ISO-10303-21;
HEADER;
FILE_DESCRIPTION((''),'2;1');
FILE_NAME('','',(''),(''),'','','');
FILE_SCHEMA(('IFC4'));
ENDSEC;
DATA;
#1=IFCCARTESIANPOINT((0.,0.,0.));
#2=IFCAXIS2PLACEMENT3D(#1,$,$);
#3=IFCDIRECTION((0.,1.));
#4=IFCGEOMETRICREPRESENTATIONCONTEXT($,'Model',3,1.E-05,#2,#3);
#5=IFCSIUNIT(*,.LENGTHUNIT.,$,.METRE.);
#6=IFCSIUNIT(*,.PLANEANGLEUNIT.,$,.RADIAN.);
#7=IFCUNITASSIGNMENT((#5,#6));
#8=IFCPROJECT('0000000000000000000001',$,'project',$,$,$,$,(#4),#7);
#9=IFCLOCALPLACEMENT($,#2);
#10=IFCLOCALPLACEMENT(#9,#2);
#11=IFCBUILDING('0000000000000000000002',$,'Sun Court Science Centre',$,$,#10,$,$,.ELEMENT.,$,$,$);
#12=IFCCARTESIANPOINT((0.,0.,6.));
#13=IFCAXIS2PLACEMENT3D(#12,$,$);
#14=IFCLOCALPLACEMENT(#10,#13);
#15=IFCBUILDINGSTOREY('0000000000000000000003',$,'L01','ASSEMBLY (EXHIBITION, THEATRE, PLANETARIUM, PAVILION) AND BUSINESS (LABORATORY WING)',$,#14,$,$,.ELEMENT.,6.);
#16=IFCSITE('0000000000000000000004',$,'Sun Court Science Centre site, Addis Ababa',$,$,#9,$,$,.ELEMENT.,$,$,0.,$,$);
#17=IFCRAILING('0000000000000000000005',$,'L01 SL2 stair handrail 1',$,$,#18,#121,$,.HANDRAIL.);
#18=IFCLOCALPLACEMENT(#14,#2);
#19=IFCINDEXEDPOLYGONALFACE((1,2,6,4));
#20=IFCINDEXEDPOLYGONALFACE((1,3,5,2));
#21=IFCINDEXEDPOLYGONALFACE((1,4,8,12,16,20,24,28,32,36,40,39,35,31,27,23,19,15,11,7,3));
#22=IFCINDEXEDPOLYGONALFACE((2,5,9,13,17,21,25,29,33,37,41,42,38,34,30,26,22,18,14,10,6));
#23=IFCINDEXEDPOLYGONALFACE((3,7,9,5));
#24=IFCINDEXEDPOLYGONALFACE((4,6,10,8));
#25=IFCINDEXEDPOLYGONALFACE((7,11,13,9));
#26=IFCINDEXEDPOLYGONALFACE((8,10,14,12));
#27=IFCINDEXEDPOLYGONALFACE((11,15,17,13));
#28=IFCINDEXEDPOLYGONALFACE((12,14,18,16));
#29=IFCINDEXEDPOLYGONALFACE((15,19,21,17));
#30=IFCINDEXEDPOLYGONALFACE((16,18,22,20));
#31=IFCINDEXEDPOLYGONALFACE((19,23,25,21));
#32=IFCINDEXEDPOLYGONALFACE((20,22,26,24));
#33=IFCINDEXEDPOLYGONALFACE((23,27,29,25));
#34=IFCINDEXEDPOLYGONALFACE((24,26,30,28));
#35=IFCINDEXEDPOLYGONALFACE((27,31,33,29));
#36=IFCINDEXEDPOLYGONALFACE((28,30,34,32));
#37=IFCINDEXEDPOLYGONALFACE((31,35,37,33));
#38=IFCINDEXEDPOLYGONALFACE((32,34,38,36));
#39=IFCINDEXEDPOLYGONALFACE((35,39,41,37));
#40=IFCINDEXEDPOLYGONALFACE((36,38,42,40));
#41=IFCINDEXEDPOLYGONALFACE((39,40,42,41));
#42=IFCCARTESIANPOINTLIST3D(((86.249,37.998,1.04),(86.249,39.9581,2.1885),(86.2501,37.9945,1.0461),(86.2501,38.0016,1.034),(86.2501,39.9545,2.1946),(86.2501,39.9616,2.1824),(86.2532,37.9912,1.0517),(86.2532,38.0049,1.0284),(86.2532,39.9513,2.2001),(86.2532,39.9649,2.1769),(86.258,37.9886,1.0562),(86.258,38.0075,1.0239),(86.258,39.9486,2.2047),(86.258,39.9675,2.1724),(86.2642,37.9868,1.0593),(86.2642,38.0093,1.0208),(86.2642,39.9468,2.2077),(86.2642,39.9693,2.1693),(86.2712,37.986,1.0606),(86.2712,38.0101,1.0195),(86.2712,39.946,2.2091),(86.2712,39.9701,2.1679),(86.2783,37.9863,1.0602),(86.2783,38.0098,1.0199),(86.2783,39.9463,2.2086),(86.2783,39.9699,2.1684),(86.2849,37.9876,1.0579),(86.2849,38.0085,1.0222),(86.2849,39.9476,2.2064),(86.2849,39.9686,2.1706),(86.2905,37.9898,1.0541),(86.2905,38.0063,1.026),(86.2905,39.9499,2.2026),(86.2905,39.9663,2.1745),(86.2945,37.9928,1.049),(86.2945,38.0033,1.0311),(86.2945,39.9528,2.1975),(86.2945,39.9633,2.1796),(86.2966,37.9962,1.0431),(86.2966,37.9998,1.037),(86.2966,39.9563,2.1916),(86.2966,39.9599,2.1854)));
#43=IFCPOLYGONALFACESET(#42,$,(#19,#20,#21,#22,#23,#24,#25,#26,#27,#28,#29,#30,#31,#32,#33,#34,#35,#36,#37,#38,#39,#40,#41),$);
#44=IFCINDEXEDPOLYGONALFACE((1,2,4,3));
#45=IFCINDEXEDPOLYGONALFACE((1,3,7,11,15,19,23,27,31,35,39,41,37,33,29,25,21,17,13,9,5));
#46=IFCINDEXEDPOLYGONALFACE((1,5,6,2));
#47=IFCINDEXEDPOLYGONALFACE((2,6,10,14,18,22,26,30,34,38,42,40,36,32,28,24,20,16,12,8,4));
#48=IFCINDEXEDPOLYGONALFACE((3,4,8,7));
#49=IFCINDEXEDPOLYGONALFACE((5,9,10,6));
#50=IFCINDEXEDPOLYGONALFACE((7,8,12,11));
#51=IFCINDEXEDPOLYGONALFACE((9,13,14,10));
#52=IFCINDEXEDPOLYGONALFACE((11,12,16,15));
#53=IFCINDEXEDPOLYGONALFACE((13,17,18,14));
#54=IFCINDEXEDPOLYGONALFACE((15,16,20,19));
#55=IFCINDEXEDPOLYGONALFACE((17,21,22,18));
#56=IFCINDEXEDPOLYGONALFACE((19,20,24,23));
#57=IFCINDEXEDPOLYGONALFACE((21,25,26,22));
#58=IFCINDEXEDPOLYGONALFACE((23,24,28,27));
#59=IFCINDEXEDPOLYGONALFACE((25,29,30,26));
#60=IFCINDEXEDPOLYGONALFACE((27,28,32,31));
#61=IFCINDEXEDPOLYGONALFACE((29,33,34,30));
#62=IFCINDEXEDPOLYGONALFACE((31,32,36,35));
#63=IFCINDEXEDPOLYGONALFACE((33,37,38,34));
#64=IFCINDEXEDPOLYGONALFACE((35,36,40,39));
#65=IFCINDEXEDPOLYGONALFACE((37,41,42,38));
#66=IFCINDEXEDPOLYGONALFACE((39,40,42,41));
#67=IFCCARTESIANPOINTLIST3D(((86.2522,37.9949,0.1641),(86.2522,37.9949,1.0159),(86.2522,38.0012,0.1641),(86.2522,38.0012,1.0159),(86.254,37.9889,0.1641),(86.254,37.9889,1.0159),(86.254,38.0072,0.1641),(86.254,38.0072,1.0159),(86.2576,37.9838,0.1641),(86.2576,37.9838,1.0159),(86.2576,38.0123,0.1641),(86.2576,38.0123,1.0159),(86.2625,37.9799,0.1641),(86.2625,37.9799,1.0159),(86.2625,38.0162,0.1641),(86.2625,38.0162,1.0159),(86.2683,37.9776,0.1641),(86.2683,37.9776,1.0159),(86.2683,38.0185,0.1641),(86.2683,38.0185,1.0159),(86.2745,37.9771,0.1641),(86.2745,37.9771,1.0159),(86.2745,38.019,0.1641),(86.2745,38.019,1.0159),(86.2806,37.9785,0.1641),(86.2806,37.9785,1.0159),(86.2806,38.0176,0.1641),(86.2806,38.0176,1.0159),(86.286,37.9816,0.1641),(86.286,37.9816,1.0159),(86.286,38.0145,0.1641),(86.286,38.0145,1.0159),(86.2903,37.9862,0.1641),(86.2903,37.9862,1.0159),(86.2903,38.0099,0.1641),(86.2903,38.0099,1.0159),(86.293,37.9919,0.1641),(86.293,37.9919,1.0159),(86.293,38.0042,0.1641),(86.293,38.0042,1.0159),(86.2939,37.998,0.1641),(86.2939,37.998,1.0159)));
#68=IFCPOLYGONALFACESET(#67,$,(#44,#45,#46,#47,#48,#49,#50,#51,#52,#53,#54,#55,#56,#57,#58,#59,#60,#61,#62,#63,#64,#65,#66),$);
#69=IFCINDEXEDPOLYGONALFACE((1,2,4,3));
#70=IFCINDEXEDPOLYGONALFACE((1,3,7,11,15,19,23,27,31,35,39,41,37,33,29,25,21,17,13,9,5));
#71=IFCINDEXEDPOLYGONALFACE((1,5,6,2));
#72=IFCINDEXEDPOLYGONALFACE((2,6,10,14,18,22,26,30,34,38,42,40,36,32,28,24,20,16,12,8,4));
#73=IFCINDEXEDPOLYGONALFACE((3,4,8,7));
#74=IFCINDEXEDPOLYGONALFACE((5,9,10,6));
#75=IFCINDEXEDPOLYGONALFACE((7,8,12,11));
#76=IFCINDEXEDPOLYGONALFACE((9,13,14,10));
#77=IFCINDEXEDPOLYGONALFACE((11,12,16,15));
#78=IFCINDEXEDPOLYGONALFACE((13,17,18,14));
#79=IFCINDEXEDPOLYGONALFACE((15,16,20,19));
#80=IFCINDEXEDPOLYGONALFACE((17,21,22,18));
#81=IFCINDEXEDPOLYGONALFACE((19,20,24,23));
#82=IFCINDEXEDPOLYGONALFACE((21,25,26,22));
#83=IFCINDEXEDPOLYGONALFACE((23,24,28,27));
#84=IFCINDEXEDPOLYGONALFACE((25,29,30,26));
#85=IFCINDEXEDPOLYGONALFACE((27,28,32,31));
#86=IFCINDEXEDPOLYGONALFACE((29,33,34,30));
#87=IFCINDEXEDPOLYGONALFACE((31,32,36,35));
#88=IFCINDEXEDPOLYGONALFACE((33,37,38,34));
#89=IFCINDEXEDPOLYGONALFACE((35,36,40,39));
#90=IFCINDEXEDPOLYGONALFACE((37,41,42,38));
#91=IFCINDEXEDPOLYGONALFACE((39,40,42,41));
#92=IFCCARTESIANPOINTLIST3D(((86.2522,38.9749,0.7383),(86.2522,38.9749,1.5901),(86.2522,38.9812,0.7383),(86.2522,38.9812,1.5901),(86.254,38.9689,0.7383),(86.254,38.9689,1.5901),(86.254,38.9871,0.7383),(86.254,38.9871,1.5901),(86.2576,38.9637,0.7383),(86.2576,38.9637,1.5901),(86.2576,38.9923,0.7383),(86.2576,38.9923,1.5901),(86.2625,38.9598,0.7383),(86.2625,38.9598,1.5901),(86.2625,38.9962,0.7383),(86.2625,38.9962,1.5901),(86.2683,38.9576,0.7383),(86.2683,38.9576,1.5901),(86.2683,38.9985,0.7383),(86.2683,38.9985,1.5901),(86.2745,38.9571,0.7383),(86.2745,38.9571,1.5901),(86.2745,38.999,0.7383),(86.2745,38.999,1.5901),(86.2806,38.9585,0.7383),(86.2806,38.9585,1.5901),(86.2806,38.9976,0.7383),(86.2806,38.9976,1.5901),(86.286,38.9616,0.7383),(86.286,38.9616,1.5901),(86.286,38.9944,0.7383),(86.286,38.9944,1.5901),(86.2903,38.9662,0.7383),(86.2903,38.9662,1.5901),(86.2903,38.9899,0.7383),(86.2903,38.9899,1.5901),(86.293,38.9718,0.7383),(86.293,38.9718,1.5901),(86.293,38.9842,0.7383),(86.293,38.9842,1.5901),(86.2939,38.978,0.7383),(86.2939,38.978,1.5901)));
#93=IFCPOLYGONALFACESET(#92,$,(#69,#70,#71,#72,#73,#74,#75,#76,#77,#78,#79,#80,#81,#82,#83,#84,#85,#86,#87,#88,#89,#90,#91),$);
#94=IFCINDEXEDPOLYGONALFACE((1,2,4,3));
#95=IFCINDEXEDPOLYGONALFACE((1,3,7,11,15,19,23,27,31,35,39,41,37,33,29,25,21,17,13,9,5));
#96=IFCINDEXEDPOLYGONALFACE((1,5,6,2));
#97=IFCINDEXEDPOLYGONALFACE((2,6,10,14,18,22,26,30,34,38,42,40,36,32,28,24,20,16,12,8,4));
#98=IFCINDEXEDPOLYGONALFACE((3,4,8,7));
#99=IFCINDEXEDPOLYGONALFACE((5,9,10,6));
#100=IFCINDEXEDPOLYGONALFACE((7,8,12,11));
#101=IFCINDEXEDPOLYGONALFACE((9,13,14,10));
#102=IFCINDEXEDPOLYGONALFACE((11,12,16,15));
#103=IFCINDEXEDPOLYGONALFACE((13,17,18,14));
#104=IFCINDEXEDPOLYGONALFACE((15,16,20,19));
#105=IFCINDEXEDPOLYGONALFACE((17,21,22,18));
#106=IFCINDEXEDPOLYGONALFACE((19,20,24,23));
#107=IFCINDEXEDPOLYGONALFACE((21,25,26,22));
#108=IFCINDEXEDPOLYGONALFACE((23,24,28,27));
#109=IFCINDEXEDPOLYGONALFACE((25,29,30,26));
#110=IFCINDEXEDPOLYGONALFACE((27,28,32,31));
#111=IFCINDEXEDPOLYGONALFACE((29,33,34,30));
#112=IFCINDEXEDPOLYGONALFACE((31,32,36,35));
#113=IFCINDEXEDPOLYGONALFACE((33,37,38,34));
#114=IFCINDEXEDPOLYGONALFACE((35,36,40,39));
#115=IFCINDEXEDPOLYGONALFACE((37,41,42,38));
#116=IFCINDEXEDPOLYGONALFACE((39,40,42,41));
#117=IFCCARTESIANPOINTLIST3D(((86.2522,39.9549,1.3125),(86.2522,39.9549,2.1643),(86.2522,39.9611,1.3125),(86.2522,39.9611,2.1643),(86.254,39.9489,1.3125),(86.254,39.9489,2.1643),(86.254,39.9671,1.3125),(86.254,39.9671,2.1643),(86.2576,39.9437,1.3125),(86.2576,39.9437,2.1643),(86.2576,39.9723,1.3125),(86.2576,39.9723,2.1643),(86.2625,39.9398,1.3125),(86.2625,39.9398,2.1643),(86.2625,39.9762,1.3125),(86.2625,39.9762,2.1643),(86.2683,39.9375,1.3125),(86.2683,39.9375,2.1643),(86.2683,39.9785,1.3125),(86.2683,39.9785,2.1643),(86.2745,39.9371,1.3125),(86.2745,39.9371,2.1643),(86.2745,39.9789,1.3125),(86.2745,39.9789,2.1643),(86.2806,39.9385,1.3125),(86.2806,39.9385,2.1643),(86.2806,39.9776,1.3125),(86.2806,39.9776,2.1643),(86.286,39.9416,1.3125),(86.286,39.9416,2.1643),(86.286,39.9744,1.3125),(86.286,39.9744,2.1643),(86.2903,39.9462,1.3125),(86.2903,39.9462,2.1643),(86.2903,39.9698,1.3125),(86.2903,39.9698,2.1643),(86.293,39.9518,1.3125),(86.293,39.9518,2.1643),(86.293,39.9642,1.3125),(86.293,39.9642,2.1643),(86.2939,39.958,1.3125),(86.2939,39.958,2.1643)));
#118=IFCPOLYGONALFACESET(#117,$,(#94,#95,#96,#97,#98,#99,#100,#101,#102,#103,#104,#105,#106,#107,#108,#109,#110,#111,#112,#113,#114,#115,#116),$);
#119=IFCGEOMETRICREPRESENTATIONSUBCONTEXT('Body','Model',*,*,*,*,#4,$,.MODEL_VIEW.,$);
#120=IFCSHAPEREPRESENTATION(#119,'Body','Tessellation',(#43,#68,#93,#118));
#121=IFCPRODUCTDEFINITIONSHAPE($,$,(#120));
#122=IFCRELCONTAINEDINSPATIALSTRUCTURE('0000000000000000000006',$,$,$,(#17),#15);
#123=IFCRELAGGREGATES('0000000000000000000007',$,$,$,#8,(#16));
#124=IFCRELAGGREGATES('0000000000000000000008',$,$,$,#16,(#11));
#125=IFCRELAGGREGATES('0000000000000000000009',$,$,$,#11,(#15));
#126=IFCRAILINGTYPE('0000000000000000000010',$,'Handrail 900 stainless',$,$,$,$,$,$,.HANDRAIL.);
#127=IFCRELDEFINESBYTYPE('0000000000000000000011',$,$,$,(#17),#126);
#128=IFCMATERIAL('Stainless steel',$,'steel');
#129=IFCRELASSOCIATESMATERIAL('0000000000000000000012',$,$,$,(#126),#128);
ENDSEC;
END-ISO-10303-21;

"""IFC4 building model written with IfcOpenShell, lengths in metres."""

from ifc_helpers import new_model, si_unit, direction, frame, origin, origin_2d, place, context, subcontext, project, spatial, circle, extrude, material, type_object, element, save


model = new_model("IFC4")

# Units and contexts
model_context = context("Model", 3, precision=1e-05, world=origin(), true_north=direction((0.0, 1.0)))
body_context = subcontext(model_context, "Body", "Model", "MODEL_VIEW")
ifc_project = project(units=[si_unit("LENGTHUNIT", "METRE"), si_unit("PLANEANGLEUNIT", "RADIAN")], contexts=[model_context])

# Site, building, storey
site_placement = place(None, origin())
site = spatial("IfcSite", under=ifc_project, at=site_placement, Name="Sun Court Science Centre site, Addis Ababa", CompositionType="ELEMENT", RefElevation=0.0)
building_placement = place(site_placement, origin())
building = spatial("IfcBuilding", under=site, at=building_placement, Name="Sun Court Science Centre", CompositionType="ELEMENT")
storey_placement = place(building_placement, frame((0.0, 0.0, 6.0)))
storey = spatial("IfcBuildingStorey", under=building, at=storey_placement, Name="L01", Description="ASSEMBLY (EXHIBITION, THEATRE, PLANETARIUM, PAVILION) AND BUSINESS (LABORATORY WING)", CompositionType="ELEMENT", Elevation=6.0)

# Railing
ifc_material_1 = material(Name="Stainless steel", Category="steel")
railing_type_1 = type_object("IfcRailingType", Name="Handrail 900 stainless", PredefinedType="HANDRAIL", material=ifc_material_1)
railing_1_placement = place(storey_placement, frame((86.2729, 37.998, 0.1641)))
element("IfcRailing", 1, at=railing_1_placement, inside=storey, type_object=railing_type_1, Name="L01 SL2 stair handrail 1", PredefinedType="HANDRAIL", context=body_context, shape_type="SweptSolid", body=[
    extrude(circle(Radius=0.0239, at=origin_2d()), frame((0.0, 0.0, 0.876), z_axis=(0.0, 0.862795, 0.505554), x_axis=(-1.0, 0.0, 0.0)), (0.0, 0.0, 1.0), 2.2717),
    extrude(circle(Radius=0.021, at=origin_2d()), origin(), (0.0, 0.0, 1.0), 0.8518),
    extrude(circle(Radius=0.021, at=origin_2d()), frame((0.0, 0.98, 0.5742)), (0.0, 0.0, 1.0), 0.8518),
    extrude(circle(Radius=0.021, at=origin_2d()), frame((0.0, 1.96, 1.1484)), (0.0, 0.0, 1.0), 0.8518),
])

save(model, "model.ifc")
